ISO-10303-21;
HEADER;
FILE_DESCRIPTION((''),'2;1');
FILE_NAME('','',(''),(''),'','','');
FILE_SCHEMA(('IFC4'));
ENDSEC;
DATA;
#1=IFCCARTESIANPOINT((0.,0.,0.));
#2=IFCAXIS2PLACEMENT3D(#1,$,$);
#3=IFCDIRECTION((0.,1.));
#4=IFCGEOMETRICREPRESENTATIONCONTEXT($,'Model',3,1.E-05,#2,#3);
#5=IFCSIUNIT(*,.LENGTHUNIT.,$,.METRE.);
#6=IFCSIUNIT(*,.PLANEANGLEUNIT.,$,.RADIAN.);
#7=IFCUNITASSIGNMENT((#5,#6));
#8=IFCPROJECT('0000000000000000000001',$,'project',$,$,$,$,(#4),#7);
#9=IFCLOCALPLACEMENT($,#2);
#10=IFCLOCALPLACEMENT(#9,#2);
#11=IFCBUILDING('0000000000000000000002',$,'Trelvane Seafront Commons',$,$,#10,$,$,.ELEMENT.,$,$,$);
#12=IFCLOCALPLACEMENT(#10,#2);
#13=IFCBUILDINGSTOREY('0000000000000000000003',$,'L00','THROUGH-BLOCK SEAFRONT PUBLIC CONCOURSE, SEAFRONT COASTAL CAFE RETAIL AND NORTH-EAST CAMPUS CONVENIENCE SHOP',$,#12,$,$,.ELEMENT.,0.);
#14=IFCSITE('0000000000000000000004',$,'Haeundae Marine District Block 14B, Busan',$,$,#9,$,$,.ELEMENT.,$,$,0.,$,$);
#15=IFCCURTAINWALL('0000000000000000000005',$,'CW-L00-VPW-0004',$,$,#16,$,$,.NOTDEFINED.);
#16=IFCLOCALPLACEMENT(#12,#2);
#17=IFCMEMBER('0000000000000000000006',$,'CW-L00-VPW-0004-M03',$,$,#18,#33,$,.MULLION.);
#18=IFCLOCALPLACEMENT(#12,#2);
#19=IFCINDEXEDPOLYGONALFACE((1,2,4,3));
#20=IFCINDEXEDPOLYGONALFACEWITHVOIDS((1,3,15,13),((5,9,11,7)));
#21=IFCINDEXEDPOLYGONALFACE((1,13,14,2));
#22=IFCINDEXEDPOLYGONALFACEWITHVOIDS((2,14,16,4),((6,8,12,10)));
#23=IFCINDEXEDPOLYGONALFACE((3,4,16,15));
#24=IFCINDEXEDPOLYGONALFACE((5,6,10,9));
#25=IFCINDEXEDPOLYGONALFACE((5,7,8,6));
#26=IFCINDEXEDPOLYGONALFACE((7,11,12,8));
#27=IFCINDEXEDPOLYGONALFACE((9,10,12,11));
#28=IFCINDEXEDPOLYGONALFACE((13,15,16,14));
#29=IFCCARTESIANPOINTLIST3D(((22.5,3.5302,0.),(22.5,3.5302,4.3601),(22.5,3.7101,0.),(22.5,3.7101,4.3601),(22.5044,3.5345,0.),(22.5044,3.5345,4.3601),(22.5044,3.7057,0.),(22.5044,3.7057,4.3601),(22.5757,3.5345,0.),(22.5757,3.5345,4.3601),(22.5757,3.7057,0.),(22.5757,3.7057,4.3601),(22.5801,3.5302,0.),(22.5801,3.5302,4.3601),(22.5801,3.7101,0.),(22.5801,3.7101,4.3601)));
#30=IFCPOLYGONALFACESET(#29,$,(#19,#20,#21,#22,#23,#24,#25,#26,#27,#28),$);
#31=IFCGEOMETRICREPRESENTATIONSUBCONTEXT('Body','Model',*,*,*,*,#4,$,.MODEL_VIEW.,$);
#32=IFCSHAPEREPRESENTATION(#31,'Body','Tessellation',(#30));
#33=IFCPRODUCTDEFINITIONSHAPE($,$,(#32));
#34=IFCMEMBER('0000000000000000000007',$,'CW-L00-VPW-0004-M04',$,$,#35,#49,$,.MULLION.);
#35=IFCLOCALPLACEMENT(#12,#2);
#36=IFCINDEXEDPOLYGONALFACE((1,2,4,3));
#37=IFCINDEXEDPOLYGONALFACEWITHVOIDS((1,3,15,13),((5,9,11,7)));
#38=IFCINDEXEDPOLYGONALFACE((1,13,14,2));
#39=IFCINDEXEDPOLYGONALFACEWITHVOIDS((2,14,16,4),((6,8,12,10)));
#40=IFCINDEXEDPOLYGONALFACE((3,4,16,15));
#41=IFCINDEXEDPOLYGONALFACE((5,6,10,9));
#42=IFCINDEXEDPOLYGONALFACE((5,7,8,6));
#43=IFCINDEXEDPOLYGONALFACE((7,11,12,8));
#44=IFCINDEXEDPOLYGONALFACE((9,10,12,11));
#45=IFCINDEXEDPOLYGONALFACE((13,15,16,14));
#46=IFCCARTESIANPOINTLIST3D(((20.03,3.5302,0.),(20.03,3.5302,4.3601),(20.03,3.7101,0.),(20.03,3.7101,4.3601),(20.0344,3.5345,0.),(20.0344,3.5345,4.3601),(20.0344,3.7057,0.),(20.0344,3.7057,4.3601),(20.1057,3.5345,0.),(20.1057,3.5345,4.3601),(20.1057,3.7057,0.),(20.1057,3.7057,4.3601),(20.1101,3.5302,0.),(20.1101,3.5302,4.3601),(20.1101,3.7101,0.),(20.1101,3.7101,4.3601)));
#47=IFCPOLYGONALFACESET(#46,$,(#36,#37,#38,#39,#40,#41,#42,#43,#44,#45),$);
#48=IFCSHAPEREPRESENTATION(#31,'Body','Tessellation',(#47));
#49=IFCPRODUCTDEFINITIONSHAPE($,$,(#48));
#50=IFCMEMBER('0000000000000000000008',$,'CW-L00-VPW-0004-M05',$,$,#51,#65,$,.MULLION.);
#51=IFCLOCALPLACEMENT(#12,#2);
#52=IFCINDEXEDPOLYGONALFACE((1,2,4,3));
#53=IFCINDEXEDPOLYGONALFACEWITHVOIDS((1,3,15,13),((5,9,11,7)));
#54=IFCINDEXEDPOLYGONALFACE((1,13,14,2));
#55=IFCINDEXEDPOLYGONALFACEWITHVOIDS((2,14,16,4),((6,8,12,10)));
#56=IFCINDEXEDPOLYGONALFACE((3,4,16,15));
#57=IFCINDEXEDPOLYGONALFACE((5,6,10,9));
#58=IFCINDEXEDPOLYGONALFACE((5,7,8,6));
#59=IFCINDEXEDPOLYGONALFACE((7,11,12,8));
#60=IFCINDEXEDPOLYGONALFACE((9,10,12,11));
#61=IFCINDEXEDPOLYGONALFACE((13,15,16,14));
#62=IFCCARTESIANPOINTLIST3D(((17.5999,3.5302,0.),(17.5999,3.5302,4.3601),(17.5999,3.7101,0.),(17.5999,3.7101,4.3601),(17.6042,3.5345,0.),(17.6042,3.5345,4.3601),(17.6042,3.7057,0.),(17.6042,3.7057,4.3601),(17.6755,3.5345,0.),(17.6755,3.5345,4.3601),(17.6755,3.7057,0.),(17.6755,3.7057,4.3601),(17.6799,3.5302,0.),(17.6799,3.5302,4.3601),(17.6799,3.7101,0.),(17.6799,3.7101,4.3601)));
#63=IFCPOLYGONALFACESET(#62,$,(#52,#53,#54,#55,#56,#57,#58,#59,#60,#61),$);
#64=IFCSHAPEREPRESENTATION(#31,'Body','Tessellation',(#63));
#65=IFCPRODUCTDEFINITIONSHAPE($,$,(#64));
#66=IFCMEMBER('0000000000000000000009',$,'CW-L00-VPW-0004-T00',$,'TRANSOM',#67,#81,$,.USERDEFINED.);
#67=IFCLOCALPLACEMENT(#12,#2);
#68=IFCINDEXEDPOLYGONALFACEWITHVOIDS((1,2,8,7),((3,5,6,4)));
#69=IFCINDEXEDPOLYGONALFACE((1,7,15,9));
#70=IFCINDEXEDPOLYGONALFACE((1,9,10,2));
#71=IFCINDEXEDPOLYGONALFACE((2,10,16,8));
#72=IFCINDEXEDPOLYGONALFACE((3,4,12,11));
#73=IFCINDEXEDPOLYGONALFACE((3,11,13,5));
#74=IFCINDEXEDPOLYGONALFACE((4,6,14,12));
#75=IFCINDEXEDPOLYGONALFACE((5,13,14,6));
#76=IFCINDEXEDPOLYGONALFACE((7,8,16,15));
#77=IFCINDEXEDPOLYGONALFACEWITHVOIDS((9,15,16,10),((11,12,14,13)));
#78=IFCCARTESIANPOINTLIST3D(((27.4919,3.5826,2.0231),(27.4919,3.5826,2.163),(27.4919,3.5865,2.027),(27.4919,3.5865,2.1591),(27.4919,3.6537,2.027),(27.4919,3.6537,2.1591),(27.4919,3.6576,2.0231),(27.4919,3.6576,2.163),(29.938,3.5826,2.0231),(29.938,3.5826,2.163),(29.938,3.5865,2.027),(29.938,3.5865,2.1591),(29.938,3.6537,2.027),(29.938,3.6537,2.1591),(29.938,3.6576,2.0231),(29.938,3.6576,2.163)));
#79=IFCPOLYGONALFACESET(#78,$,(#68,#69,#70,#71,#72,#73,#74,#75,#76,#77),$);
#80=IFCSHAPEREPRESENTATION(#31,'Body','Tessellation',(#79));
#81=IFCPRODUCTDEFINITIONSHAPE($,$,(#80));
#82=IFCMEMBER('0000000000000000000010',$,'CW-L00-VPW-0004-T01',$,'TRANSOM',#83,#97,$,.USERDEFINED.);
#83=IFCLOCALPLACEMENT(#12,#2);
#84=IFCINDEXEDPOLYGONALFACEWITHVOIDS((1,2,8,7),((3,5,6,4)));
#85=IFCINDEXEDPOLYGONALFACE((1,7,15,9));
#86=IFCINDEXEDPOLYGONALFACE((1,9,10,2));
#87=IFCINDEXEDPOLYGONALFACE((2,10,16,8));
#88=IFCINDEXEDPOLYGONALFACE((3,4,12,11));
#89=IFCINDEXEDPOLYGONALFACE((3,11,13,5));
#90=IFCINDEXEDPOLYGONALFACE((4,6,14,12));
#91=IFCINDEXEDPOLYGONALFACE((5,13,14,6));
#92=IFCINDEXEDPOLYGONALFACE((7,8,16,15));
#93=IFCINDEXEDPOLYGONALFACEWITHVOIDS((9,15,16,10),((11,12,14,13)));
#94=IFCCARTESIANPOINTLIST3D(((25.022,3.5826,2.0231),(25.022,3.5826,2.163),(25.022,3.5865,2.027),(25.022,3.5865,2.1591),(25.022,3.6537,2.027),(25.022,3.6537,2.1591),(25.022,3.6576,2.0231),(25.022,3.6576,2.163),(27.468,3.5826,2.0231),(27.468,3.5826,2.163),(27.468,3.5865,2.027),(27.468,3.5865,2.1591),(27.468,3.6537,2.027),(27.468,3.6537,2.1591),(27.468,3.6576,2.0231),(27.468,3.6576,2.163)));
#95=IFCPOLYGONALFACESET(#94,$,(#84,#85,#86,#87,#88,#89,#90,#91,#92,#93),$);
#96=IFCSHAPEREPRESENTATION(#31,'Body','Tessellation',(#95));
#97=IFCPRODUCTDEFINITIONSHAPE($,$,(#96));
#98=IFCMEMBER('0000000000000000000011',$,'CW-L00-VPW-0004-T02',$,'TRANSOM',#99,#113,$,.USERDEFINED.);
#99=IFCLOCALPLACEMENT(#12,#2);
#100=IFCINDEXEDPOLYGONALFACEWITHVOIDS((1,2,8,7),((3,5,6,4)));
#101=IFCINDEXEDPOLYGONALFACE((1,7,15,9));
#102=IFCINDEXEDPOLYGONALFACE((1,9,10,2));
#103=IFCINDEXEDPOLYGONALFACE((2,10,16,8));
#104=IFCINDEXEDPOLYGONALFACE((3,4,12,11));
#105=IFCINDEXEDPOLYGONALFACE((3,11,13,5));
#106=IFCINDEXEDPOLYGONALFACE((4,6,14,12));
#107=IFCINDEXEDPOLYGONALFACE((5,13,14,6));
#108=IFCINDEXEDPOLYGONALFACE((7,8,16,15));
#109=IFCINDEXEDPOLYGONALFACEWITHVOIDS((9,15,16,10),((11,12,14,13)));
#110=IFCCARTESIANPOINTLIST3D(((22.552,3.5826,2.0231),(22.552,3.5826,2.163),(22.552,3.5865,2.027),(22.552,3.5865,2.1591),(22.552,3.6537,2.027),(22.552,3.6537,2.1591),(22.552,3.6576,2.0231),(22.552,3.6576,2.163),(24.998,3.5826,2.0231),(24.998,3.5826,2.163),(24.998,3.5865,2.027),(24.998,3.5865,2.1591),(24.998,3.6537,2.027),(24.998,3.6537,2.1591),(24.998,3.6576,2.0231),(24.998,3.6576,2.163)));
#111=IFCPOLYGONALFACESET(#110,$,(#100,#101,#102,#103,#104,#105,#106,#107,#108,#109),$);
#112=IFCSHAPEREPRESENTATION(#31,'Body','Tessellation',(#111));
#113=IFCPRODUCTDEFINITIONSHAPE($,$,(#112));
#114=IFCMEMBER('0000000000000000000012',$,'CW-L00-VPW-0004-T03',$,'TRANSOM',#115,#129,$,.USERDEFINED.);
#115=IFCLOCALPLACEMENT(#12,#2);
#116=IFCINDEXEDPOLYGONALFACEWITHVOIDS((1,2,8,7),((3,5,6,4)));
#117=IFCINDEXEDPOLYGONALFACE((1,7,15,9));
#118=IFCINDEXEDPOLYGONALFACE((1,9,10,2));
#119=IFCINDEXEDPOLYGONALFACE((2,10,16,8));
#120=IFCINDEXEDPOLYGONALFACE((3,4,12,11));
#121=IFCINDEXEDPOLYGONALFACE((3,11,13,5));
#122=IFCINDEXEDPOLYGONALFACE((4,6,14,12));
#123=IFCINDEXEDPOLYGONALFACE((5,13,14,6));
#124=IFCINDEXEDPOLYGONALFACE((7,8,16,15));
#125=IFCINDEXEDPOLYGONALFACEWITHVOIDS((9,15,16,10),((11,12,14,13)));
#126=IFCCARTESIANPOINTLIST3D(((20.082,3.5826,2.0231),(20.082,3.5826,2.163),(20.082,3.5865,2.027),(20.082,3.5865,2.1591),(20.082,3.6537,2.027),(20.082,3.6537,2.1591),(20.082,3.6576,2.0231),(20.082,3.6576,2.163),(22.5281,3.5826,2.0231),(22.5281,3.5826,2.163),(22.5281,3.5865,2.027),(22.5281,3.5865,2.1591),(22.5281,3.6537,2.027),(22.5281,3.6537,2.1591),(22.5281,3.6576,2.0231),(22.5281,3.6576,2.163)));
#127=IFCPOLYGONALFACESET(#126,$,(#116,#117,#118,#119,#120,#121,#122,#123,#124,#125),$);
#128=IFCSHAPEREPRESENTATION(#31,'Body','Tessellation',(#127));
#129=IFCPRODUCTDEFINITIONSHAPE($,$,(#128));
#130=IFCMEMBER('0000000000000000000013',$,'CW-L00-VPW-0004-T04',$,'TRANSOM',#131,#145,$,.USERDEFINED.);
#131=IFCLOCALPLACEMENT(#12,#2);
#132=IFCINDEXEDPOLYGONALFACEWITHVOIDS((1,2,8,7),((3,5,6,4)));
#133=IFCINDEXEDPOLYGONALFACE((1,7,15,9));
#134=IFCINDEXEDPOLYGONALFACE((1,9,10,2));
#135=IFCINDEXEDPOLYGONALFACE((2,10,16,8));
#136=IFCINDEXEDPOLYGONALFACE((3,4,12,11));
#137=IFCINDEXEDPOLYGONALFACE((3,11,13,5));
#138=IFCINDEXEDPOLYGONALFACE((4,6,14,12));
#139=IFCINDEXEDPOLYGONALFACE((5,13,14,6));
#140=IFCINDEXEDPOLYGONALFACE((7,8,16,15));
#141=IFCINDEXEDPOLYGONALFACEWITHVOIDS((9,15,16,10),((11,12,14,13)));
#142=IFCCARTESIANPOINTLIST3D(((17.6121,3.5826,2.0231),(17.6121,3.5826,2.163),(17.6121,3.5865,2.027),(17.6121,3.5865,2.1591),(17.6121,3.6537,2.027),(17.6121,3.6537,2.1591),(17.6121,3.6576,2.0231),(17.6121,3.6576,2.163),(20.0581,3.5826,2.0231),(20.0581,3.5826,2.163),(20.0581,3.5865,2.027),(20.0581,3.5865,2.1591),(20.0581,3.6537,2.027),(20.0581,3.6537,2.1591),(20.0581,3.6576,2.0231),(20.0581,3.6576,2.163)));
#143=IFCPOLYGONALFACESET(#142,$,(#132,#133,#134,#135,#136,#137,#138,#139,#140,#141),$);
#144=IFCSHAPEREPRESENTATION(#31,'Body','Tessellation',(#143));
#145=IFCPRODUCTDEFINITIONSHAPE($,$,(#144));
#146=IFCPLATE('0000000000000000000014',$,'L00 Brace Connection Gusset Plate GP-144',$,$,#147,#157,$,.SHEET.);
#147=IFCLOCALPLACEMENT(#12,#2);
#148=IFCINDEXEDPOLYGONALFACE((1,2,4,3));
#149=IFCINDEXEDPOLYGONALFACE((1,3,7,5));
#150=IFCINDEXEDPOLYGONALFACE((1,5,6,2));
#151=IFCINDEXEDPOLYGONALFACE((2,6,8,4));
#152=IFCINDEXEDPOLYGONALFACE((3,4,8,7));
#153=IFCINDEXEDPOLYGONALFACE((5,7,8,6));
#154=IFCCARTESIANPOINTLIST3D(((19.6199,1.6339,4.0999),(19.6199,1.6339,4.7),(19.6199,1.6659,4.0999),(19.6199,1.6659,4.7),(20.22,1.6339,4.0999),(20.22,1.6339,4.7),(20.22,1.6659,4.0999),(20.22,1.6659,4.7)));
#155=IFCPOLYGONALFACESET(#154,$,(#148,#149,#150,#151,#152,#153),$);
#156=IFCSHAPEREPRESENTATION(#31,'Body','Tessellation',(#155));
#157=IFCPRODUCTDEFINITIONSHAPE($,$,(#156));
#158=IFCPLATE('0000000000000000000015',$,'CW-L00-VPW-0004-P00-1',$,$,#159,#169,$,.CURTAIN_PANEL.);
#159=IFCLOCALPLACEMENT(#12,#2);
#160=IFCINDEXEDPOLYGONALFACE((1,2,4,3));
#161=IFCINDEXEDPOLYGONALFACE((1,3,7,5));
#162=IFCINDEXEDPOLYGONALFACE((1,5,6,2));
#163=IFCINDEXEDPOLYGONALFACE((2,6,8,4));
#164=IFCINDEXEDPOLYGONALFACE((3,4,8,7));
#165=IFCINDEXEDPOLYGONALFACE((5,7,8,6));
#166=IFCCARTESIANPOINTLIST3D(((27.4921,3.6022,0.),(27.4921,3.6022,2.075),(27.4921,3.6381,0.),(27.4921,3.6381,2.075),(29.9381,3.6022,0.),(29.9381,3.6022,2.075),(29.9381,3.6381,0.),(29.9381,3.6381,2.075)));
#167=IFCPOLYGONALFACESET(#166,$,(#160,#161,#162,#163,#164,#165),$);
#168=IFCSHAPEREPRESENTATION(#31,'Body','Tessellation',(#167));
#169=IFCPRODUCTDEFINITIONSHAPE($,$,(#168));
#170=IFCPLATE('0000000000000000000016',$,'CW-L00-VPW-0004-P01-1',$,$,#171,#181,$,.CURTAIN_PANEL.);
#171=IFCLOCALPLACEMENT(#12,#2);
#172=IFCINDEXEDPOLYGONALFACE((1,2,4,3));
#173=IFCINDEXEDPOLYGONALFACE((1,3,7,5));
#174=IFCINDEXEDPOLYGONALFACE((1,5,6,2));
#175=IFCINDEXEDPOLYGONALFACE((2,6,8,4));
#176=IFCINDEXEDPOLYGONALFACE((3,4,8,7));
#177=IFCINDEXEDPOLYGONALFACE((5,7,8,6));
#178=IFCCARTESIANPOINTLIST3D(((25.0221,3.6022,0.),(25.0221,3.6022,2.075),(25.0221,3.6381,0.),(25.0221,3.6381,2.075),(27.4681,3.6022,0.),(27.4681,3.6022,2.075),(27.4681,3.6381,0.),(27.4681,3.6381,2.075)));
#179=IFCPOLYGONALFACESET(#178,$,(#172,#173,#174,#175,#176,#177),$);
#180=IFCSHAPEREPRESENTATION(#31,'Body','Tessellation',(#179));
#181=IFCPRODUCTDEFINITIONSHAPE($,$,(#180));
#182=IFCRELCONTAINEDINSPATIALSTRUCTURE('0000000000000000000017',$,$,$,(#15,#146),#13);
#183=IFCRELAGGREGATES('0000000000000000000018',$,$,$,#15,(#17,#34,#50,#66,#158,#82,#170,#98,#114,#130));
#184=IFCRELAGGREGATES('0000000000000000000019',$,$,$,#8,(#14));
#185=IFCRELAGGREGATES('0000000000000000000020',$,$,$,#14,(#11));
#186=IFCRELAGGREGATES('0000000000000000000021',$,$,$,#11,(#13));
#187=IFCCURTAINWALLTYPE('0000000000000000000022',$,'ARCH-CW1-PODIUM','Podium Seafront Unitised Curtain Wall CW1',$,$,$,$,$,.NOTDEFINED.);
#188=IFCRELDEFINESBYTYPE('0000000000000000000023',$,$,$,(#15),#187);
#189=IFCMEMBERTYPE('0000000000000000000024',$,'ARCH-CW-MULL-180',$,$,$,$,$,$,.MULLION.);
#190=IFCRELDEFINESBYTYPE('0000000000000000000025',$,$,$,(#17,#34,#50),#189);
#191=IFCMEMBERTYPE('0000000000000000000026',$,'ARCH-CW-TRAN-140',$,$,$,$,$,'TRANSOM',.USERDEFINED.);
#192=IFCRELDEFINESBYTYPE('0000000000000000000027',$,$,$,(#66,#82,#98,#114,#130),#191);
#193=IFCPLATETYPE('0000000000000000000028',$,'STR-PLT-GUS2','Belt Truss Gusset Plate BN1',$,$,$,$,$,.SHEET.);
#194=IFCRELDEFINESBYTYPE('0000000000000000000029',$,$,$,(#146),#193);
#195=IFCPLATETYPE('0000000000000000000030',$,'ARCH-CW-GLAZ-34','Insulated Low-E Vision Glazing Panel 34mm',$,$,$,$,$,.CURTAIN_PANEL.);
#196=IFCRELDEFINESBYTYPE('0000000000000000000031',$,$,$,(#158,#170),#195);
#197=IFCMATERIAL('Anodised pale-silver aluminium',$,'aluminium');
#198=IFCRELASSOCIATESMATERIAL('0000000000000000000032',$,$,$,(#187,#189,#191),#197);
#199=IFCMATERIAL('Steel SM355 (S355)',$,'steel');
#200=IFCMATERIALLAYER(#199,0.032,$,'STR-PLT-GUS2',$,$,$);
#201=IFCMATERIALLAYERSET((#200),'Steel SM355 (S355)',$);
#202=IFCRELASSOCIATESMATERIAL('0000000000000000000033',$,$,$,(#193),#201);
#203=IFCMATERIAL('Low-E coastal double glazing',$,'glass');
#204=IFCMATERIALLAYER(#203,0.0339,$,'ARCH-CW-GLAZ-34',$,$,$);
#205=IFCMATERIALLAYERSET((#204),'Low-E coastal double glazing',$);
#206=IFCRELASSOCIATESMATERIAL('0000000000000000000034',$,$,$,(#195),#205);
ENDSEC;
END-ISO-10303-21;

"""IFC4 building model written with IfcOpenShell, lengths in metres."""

from ifc_helpers import new_model, si_unit, direction, frame, origin, origin_2d, place, context, subcontext, project, spatial, rectangle, hollow_rectangle, extrude, source, transform, mapped, material, layer, layer_set, material_profile, profile_set, type_object, element, aggregate, save


model = new_model("IFC4")

# Units and contexts
model_context = context("Model", 3, precision=1e-05, world=origin(), true_north=direction((0.0, 1.0)))
body_context = subcontext(model_context, "Body", "Model", "MODEL_VIEW")
ifc_project = project(units=[si_unit("LENGTHUNIT", "METRE"), si_unit("PLANEANGLEUNIT", "RADIAN")], contexts=[model_context])

# Site, building, storey
site_placement = place(None, origin())
site = spatial("IfcSite", under=ifc_project, at=site_placement, Name="Haeundae Marine District Block 14B, Busan", CompositionType="ELEMENT", RefElevation=0.0)
building_placement = place(site_placement, origin())
building = spatial("IfcBuilding", under=site, at=building_placement, Name="Trelvane Seafront Commons", CompositionType="ELEMENT")
storey_placement = place(building_placement, origin())
storey = spatial("IfcBuildingStorey", under=building, at=storey_placement, Name="L00", Description="THROUGH-BLOCK SEAFRONT PUBLIC CONCOURSE, SEAFRONT COASTAL CAFE RETAIL AND NORTH-EAST CAMPUS CONVENIENCE SHOP", CompositionType="ELEMENT", Elevation=0.0)

# Shared definitions
ifc_material_1 = material(Name="Steel SM355 (S355)", Category="steel")

# Curtain wall, members
ifc_material_2 = material(Name="Anodised pale-silver aluminium", Category="aluminium")
curtain_wall_type = type_object("IfcCurtainWallType", Name="ARCH-CW1-PODIUM", Description="Podium Seafront Unitised Curtain Wall CW1", PredefinedType="NOTDEFINED", material=ifc_material_2)
curtain_wall_placement = place(storey_placement, origin())
curtain_wall = element("IfcCurtainWall", 1, at=curtain_wall_placement, inside=storey, type_object=curtain_wall_type, Name="CW-L00-VPW-0004", PredefinedType="NOTDEFINED")
ifc_material_profile_1 = material_profile(ifc_material_2, hollow_rectangle(XDim=0.0801, YDim=0.1799, WallThickness=0.0044, at=origin_2d()), Name="MULL-80x180x4.5")
ifc_profile_set_1 = profile_set([ifc_material_profile_1], Name="Anodised pale-silver aluminium")
member_type_1 = type_object("IfcMemberType", Name="ARCH-CW-MULL-180", PredefinedType="MULLION", material=ifc_profile_set_1)
shared_shape_1 = source(origin(), body_context, "Body", "SweptSolid", [
    extrude(hollow_rectangle(XDim=0.0801, YDim=0.1799, WallThickness=0.0044, at=origin_2d()), origin(), (0.0, 0.0, 1.0), 4.3601),
])
member_1_placement = place(storey_placement, frame((22.54, 3.6201, 0.0), z_axis=(0.0, 0.0, 1.0), x_axis=(1.0, 0.0, 0.0)))
member_1 = element("IfcMember", 2, at=member_1_placement, type_object=member_type_1, Name="CW-L00-VPW-0004-M03", PredefinedType="MULLION", context=body_context, shape_type="MappedRepresentation", body=[
    mapped(shared_shape_1, transform((0.0, 0.0, 0.0), x_axis=(1.0, 0.0, 0.0), y_axis=(0.0, 1.0, 0.0), z_axis=(0.0, 0.0, 1.0), scale=1.0)),
])
member_2_placement = place(storey_placement, frame((20.0701, 3.6201, 0.0), z_axis=(0.0, 0.0, 1.0), x_axis=(1.0, 0.0, 0.0)))
member_2 = element("IfcMember", 3, at=member_2_placement, type_object=member_type_1, Name="CW-L00-VPW-0004-M04", PredefinedType="MULLION", context=body_context, shape_type="MappedRepresentation", body=[
    mapped(shared_shape_1, transform((0.0, 0.0, 0.0), x_axis=(1.0, 0.0, 0.0), y_axis=(0.0, 1.0, 0.0), z_axis=(0.0, 0.0, 1.0), scale=1.0)),
])
member_3_placement = place(storey_placement, frame((17.6399, 3.6201, 0.0), z_axis=(0.0, 0.0, 1.0), x_axis=(1.0, 0.0, 0.0)))
member_3 = element("IfcMember", 4, at=member_3_placement, type_object=member_type_1, Name="CW-L00-VPW-0004-M05", PredefinedType="MULLION", context=body_context, shape_type="MappedRepresentation", body=[
    mapped(shared_shape_1, transform((0.0, 0.0, 0.0), x_axis=(1.0, 0.0, 0.0), y_axis=(0.0, 1.0, 0.0), z_axis=(0.0, 0.0, 1.0), scale=1.0)),
])
ifc_material_profile_2 = material_profile(ifc_material_2, hollow_rectangle(XDim=0.075, YDim=0.1399, WallThickness=0.0039, at=origin_2d()), Name="TRAN-75x140x4")
ifc_profile_set_2 = profile_set([ifc_material_profile_2], Name="Anodised pale-silver aluminium")
member_type_2 = type_object("IfcMemberType", Name="ARCH-CW-TRAN-140", ElementType="TRANSOM", PredefinedType="USERDEFINED", material=ifc_profile_set_2)
shared_shape_2 = source(origin(), body_context, "Body", "SweptSolid", [
    extrude(hollow_rectangle(XDim=0.075, YDim=0.1399, WallThickness=0.0039, at=origin_2d()), origin(), (0.0, 0.0, 1.0), 2.446),
])
member_4_placement = place(storey_placement, frame((29.938, 3.6201, 2.093), z_axis=(-1.0, 0.0, 0.0), x_axis=(0.0, -1.0, 0.0)))
member_4 = element("IfcMember", 5, at=member_4_placement, type_object=member_type_2, Name="CW-L00-VPW-0004-T00", ObjectType="TRANSOM", PredefinedType="USERDEFINED", context=body_context, shape_type="MappedRepresentation", body=[
    mapped(shared_shape_2, transform((0.0, 0.0, 0.0), x_axis=(1.0, 0.0, 0.0), y_axis=(0.0, 1.0, 0.0), z_axis=(0.0, 0.0, 1.0), scale=1.0)),
])
member_5_placement = place(storey_placement, frame((27.468, 3.6201, 2.093), z_axis=(-1.0, 0.0, 0.0), x_axis=(0.0, -1.0, 0.0)))
member_5 = element("IfcMember", 6, at=member_5_placement, type_object=member_type_2, Name="CW-L00-VPW-0004-T01", ObjectType="TRANSOM", PredefinedType="USERDEFINED", context=body_context, shape_type="MappedRepresentation", body=[
    mapped(shared_shape_2, transform((0.0, 0.0, 0.0), x_axis=(1.0, 0.0, 0.0), y_axis=(0.0, 1.0, 0.0), z_axis=(0.0, 0.0, 1.0), scale=1.0)),
])
member_6_placement = place(storey_placement, frame((24.998, 3.6201, 2.093), z_axis=(-1.0, 0.0, 0.0), x_axis=(0.0, -1.0, 0.0)))
member_6 = element("IfcMember", 7, at=member_6_placement, type_object=member_type_2, Name="CW-L00-VPW-0004-T02", ObjectType="TRANSOM", PredefinedType="USERDEFINED", context=body_context, shape_type="MappedRepresentation", body=[
    mapped(shared_shape_2, transform((0.0, 0.0, 0.0), x_axis=(1.0, 0.0, 0.0), y_axis=(0.0, 1.0, 0.0), z_axis=(0.0, 0.0, 1.0), scale=1.0)),
])
member_7_placement = place(storey_placement, frame((22.5281, 3.6201, 2.093), z_axis=(-1.0, 0.0, 0.0), x_axis=(0.0, -1.0, 0.0)))
member_7 = element("IfcMember", 8, at=member_7_placement, type_object=member_type_2, Name="CW-L00-VPW-0004-T03", ObjectType="TRANSOM", PredefinedType="USERDEFINED", context=body_context, shape_type="MappedRepresentation", body=[
    mapped(shared_shape_2, transform((0.0, 0.0, 0.0), x_axis=(1.0, 0.0, 0.0), y_axis=(0.0, 1.0, 0.0), z_axis=(0.0, 0.0, 1.0), scale=1.0)),
])
member_8_placement = place(storey_placement, frame((20.0581, 3.6201, 2.093), z_axis=(-1.0, 0.0, 0.0), x_axis=(0.0, -1.0, 0.0)))
member_8 = element("IfcMember", 9, at=member_8_placement, type_object=member_type_2, Name="CW-L00-VPW-0004-T04", ObjectType="TRANSOM", PredefinedType="USERDEFINED", context=body_context, shape_type="MappedRepresentation", body=[
    mapped(shared_shape_2, transform((0.0, 0.0, 0.0), x_axis=(1.0, 0.0, 0.0), y_axis=(0.0, 1.0, 0.0), z_axis=(0.0, 0.0, 1.0), scale=1.0)),
])

# Plates
ifc_layer_1 = layer(ifc_material_1, 0.032, Name="STR-PLT-GUS2")
ifc_layer_set_1 = layer_set([ifc_layer_1], Name="Steel SM355 (S355)")
plate_type_1 = type_object("IfcPlateType", Name="STR-PLT-GUS2", Description="Belt Truss Gusset Plate BN1", PredefinedType="SHEET", material=ifc_layer_set_1)
shared_shape_3 = source(origin(), body_context, "Body", "SweptSolid", [
    extrude(rectangle(XDim=0.6001, YDim=0.032, at=origin_2d()), origin(), (0.0, 0.0, 1.0), 0.6001),
])
plate_1_placement = place(storey_placement, frame((19.9199, 1.6499, 4.0999), z_axis=(0.0, 0.0, 1.0), x_axis=(1.0, 0.0, 0.0)))
element("IfcPlate", 10, at=plate_1_placement, inside=storey, type_object=plate_type_1, Name="L00 Brace Connection Gusset Plate GP-144", PredefinedType="SHEET", context=body_context, shape_type="MappedRepresentation", body=[
    mapped(shared_shape_3, transform((0.0, 0.0, 0.0), x_axis=(1.0, 0.0, 0.0), y_axis=(0.0, 1.0, 0.0), z_axis=(0.0, 0.0, 1.0), scale=1.0)),
])
ifc_material_3 = material(Name="Low-E coastal double glazing", Category="glass")
ifc_layer_2 = layer(ifc_material_3, 0.0339, Name="ARCH-CW-GLAZ-34")
ifc_layer_set_2 = layer_set([ifc_layer_2], Name="Low-E coastal double glazing")
plate_type_2 = type_object("IfcPlateType", Name="ARCH-CW-GLAZ-34", Description="Insulated Low-E Vision Glazing Panel 34mm", PredefinedType="CURTAIN_PANEL", material=ifc_layer_set_2)
shared_shape_4 = source(origin(), body_context, "Body", "SweptSolid", [
    extrude(rectangle(XDim=2.446, YDim=0.0359, at=origin_2d()), origin(), (0.0, 0.0, 1.0), 2.075),
])
plate_2_placement = place(storey_placement, frame((28.7151, 3.6201, 0.0), z_axis=(0.0, 0.0, 1.0), x_axis=(-1.0, 0.0, 0.0)))
plate_2 = element("IfcPlate", 11, at=plate_2_placement, type_object=plate_type_2, Name="CW-L00-VPW-0004-P00-1", PredefinedType="CURTAIN_PANEL", context=body_context, shape_type="MappedRepresentation", body=[
    mapped(shared_shape_4, transform((0.0, 0.0, 0.0), x_axis=(1.0, 0.0, 0.0), y_axis=(0.0, 1.0, 0.0), z_axis=(0.0, 0.0, 1.0), scale=1.0)),
])
plate_3_placement = place(storey_placement, frame((26.2451, 3.6201, 0.0), z_axis=(0.0, 0.0, 1.0), x_axis=(-1.0, 0.0, 0.0)))
plate_3 = element("IfcPlate", 12, at=plate_3_placement, type_object=plate_type_2, Name="CW-L00-VPW-0004-P01-1", PredefinedType="CURTAIN_PANEL", context=body_context, shape_type="MappedRepresentation", body=[
    mapped(shared_shape_4, transform((0.0, 0.0, 0.0), x_axis=(1.0, 0.0, 0.0), y_axis=(0.0, 1.0, 0.0), z_axis=(0.0, 0.0, 1.0), scale=1.0)),
])
aggregate(curtain_wall, [member_1, member_2, member_3, member_4, plate_2, member_5, plate_3, member_6, member_7, member_8])

save(model, "model.ifc")
